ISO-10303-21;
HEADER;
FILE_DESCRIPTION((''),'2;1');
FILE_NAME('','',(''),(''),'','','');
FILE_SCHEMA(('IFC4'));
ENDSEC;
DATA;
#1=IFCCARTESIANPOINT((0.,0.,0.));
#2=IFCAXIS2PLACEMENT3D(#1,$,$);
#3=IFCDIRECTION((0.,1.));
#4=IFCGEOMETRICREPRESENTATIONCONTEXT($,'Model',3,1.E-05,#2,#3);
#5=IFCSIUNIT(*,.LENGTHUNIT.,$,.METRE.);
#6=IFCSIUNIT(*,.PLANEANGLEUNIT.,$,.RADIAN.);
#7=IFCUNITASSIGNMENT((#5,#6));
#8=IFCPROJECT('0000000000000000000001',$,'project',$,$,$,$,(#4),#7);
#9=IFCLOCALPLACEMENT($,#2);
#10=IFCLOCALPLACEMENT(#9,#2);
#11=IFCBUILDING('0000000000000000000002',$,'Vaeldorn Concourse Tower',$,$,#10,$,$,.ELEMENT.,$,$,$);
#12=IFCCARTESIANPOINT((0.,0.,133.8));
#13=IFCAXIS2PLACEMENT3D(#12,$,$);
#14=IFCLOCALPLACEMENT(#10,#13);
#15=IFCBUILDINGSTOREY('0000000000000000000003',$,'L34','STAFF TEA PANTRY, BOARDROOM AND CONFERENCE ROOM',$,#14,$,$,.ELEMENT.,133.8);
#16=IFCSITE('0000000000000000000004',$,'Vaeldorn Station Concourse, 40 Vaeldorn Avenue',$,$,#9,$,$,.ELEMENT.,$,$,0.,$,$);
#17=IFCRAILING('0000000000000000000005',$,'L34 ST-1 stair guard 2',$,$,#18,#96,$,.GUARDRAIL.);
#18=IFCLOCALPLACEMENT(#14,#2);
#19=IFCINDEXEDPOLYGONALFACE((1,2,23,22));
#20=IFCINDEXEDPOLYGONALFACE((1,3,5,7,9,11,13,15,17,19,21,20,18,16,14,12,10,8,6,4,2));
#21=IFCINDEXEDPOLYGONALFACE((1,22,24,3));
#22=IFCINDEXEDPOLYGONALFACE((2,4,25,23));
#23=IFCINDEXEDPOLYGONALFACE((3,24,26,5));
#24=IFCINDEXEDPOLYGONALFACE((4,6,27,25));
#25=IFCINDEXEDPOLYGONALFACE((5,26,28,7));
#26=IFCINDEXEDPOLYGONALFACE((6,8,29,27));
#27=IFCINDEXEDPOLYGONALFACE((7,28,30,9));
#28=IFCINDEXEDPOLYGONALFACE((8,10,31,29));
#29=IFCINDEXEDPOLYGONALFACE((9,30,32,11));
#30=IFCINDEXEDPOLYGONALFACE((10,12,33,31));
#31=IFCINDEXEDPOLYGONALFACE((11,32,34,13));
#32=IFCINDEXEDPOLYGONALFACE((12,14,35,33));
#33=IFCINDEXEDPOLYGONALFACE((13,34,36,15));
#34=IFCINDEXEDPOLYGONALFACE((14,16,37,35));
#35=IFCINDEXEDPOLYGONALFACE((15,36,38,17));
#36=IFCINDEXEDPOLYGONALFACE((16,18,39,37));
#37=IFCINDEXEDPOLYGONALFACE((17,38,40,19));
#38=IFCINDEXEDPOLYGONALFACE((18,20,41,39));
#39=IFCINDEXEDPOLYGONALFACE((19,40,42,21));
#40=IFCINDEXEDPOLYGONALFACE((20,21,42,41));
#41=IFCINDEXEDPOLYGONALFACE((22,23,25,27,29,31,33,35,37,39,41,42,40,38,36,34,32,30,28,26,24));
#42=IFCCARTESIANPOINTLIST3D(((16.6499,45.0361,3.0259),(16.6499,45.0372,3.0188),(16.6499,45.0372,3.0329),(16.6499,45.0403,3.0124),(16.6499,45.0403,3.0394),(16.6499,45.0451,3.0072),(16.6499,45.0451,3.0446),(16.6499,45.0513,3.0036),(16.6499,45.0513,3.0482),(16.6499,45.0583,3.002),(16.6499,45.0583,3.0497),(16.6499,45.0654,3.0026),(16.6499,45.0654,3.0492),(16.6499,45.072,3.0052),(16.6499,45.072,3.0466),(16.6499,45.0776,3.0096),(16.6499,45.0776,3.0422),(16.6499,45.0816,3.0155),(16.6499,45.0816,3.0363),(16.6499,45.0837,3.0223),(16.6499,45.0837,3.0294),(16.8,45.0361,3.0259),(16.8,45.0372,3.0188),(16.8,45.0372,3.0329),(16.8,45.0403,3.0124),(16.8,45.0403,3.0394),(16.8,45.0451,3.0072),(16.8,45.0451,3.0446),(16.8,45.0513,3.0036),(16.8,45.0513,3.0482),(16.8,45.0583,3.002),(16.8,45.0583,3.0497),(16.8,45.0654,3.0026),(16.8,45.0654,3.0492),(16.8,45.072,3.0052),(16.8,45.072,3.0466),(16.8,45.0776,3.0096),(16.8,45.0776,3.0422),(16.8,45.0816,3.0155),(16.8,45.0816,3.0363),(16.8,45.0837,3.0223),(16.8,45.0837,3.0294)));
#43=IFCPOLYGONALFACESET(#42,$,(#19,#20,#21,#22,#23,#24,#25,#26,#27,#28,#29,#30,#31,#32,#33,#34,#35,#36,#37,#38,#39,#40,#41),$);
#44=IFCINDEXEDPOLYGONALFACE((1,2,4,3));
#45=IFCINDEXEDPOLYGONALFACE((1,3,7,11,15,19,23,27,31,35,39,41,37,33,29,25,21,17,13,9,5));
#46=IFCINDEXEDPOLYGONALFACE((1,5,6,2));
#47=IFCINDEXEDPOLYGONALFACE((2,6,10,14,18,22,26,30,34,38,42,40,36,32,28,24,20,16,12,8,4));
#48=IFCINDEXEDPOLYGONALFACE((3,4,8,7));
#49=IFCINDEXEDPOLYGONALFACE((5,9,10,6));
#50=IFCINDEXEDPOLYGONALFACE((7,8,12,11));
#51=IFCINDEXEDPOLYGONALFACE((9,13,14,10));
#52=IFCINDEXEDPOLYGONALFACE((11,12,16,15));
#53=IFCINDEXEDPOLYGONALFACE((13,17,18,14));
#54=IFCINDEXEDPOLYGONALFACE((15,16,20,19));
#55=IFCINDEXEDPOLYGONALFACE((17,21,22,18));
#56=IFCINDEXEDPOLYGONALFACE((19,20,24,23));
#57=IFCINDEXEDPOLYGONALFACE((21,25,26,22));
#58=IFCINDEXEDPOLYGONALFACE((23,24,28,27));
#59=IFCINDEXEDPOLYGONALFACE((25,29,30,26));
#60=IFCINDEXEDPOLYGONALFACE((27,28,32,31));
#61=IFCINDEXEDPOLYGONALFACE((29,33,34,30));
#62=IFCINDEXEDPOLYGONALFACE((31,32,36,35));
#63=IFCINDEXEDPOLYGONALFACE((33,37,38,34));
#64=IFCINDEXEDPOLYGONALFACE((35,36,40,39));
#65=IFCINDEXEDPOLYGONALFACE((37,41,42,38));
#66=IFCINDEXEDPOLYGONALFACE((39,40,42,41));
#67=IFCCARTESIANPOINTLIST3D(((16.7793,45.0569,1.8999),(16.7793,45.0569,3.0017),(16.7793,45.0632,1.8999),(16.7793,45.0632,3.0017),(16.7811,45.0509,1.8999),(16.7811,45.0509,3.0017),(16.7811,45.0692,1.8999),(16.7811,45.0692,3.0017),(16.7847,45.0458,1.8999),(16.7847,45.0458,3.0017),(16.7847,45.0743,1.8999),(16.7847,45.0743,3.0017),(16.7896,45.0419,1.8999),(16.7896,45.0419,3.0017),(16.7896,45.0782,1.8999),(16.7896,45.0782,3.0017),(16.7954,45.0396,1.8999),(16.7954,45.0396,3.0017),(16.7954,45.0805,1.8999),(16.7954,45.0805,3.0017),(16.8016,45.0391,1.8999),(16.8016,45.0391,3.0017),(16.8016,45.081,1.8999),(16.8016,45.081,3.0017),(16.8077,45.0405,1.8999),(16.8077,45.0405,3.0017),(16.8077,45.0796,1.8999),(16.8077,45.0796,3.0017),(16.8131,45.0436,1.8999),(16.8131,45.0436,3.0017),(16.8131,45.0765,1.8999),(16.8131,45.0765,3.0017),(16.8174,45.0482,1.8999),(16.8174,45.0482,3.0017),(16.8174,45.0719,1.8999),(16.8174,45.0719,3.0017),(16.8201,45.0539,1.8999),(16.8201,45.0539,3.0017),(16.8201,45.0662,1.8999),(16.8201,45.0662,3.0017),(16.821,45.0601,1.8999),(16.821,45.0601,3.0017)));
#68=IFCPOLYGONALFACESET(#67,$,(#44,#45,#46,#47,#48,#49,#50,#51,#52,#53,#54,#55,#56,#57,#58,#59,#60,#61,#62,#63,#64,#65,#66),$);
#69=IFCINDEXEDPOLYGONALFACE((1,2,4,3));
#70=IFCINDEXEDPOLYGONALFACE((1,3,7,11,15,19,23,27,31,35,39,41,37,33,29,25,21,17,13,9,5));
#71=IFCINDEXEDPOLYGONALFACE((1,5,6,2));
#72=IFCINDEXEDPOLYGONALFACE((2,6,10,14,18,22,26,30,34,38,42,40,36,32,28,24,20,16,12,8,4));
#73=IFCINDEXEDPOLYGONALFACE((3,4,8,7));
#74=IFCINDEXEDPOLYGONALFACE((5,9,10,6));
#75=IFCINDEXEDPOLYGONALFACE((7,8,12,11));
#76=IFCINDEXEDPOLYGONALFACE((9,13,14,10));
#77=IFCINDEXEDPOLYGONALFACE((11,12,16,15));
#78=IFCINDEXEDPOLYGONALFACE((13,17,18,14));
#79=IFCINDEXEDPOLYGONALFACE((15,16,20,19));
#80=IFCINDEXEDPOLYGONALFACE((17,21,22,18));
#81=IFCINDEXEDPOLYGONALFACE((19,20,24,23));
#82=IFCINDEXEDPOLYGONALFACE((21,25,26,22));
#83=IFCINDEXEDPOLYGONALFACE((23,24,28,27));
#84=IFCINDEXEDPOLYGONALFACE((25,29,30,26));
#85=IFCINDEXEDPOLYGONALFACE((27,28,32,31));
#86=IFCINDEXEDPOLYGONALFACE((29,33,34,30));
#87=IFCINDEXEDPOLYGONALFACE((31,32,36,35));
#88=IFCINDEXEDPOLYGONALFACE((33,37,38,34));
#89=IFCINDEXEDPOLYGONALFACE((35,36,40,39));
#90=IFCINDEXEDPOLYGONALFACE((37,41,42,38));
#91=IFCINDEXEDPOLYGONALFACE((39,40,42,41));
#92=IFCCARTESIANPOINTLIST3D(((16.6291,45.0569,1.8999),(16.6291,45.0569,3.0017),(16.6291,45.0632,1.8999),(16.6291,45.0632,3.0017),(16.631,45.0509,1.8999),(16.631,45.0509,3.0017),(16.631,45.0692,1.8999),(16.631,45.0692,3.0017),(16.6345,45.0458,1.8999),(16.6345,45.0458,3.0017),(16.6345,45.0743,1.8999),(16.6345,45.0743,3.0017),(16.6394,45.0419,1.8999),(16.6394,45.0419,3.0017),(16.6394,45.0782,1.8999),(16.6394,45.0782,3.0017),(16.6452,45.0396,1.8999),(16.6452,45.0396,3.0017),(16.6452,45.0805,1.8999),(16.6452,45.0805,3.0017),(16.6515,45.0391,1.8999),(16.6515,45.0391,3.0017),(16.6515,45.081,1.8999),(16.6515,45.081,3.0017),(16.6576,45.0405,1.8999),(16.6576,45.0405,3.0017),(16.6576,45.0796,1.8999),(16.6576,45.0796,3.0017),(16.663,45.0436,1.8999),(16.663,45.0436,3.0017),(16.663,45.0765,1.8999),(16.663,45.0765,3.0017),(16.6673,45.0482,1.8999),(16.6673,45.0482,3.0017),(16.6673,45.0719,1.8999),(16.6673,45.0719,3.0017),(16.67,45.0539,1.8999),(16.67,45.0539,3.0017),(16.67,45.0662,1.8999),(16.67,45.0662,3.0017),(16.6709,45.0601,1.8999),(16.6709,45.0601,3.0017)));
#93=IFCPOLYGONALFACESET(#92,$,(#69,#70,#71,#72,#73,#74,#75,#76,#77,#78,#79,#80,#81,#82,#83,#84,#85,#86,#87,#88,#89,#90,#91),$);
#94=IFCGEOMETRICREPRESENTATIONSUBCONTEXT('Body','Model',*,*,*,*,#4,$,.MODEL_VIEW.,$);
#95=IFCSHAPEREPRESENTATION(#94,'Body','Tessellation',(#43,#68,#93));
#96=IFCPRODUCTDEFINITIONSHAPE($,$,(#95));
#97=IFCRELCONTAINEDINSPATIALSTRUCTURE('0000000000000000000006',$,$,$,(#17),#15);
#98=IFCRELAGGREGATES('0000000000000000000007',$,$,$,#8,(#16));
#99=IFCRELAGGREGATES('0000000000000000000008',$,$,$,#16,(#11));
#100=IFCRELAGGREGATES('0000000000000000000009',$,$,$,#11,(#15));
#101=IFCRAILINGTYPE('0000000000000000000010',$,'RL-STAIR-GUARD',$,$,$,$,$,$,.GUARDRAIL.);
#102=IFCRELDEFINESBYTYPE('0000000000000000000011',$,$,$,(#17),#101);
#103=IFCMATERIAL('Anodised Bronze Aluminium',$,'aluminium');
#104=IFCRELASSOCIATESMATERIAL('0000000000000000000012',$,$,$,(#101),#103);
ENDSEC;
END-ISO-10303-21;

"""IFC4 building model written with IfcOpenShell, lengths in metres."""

from ifc_helpers import new_model, si_unit, direction, frame, origin, origin_2d, place, context, subcontext, project, spatial, circle, extrude, material, type_object, element, save


model = new_model("IFC4")

# Units and contexts
model_context = context("Model", 3, precision=1e-05, world=origin(), true_north=direction((0.0, 1.0)))
body_context = subcontext(model_context, "Body", "Model", "MODEL_VIEW")
ifc_project = project(units=[si_unit("LENGTHUNIT", "METRE"), si_unit("PLANEANGLEUNIT", "RADIAN")], contexts=[model_context])

# Site, building, storey
site_placement = place(None, origin())
site = spatial("IfcSite", under=ifc_project, at=site_placement, Name="Vaeldorn Station Concourse, 40 Vaeldorn Avenue", CompositionType="ELEMENT", RefElevation=0.0)
building_placement = place(site_placement, origin())
building = spatial("IfcBuilding", under=site, at=building_placement, Name="Vaeldorn Concourse Tower", CompositionType="ELEMENT")
storey_placement = place(building_placement, frame((0.0, 0.0, 133.8)))
storey = spatial("IfcBuildingStorey", under=building, at=storey_placement, Name="L34", Description="STAFF TEA PANTRY, BOARDROOM AND CONFERENCE ROOM", CompositionType="ELEMENT", Elevation=133.8)

# Shared definitions
ifc_material_1 = material(Name="Anodised Bronze Aluminium", Category="aluminium")

# Railing
railing_type_1 = type_object("IfcRailingType", Name="RL-STAIR-GUARD", PredefinedType="GUARDRAIL", material=ifc_material_1)
railing_1_placement = place(storey_placement, frame((16.8, 45.0601, 1.8999)))
element("IfcRailing", 1, at=railing_1_placement, inside=storey, type_object=railing_type_1, Name="L34 ST-1 stair guard 2", PredefinedType="GUARDRAIL", context=body_context, shape_type="SweptSolid", body=[
    extrude(circle(Radius=0.0239, at=origin_2d()), frame((0.0, 0.0, 1.126), z_axis=(-1.0, 0.0, 0.0), x_axis=(0.0, -1.0, 0.0)), (0.0, 0.0, 1.0), 0.1501),
    extrude(circle(Radius=0.021, at=origin_2d()), origin(), (0.0, 0.0, 1.0), 1.1018),
    extrude(circle(Radius=0.021, at=origin_2d()), frame((-0.1501, 0.0, 0.0)), (0.0, 0.0, 1.0), 1.1018),
])

save(model, "model.ifc")
